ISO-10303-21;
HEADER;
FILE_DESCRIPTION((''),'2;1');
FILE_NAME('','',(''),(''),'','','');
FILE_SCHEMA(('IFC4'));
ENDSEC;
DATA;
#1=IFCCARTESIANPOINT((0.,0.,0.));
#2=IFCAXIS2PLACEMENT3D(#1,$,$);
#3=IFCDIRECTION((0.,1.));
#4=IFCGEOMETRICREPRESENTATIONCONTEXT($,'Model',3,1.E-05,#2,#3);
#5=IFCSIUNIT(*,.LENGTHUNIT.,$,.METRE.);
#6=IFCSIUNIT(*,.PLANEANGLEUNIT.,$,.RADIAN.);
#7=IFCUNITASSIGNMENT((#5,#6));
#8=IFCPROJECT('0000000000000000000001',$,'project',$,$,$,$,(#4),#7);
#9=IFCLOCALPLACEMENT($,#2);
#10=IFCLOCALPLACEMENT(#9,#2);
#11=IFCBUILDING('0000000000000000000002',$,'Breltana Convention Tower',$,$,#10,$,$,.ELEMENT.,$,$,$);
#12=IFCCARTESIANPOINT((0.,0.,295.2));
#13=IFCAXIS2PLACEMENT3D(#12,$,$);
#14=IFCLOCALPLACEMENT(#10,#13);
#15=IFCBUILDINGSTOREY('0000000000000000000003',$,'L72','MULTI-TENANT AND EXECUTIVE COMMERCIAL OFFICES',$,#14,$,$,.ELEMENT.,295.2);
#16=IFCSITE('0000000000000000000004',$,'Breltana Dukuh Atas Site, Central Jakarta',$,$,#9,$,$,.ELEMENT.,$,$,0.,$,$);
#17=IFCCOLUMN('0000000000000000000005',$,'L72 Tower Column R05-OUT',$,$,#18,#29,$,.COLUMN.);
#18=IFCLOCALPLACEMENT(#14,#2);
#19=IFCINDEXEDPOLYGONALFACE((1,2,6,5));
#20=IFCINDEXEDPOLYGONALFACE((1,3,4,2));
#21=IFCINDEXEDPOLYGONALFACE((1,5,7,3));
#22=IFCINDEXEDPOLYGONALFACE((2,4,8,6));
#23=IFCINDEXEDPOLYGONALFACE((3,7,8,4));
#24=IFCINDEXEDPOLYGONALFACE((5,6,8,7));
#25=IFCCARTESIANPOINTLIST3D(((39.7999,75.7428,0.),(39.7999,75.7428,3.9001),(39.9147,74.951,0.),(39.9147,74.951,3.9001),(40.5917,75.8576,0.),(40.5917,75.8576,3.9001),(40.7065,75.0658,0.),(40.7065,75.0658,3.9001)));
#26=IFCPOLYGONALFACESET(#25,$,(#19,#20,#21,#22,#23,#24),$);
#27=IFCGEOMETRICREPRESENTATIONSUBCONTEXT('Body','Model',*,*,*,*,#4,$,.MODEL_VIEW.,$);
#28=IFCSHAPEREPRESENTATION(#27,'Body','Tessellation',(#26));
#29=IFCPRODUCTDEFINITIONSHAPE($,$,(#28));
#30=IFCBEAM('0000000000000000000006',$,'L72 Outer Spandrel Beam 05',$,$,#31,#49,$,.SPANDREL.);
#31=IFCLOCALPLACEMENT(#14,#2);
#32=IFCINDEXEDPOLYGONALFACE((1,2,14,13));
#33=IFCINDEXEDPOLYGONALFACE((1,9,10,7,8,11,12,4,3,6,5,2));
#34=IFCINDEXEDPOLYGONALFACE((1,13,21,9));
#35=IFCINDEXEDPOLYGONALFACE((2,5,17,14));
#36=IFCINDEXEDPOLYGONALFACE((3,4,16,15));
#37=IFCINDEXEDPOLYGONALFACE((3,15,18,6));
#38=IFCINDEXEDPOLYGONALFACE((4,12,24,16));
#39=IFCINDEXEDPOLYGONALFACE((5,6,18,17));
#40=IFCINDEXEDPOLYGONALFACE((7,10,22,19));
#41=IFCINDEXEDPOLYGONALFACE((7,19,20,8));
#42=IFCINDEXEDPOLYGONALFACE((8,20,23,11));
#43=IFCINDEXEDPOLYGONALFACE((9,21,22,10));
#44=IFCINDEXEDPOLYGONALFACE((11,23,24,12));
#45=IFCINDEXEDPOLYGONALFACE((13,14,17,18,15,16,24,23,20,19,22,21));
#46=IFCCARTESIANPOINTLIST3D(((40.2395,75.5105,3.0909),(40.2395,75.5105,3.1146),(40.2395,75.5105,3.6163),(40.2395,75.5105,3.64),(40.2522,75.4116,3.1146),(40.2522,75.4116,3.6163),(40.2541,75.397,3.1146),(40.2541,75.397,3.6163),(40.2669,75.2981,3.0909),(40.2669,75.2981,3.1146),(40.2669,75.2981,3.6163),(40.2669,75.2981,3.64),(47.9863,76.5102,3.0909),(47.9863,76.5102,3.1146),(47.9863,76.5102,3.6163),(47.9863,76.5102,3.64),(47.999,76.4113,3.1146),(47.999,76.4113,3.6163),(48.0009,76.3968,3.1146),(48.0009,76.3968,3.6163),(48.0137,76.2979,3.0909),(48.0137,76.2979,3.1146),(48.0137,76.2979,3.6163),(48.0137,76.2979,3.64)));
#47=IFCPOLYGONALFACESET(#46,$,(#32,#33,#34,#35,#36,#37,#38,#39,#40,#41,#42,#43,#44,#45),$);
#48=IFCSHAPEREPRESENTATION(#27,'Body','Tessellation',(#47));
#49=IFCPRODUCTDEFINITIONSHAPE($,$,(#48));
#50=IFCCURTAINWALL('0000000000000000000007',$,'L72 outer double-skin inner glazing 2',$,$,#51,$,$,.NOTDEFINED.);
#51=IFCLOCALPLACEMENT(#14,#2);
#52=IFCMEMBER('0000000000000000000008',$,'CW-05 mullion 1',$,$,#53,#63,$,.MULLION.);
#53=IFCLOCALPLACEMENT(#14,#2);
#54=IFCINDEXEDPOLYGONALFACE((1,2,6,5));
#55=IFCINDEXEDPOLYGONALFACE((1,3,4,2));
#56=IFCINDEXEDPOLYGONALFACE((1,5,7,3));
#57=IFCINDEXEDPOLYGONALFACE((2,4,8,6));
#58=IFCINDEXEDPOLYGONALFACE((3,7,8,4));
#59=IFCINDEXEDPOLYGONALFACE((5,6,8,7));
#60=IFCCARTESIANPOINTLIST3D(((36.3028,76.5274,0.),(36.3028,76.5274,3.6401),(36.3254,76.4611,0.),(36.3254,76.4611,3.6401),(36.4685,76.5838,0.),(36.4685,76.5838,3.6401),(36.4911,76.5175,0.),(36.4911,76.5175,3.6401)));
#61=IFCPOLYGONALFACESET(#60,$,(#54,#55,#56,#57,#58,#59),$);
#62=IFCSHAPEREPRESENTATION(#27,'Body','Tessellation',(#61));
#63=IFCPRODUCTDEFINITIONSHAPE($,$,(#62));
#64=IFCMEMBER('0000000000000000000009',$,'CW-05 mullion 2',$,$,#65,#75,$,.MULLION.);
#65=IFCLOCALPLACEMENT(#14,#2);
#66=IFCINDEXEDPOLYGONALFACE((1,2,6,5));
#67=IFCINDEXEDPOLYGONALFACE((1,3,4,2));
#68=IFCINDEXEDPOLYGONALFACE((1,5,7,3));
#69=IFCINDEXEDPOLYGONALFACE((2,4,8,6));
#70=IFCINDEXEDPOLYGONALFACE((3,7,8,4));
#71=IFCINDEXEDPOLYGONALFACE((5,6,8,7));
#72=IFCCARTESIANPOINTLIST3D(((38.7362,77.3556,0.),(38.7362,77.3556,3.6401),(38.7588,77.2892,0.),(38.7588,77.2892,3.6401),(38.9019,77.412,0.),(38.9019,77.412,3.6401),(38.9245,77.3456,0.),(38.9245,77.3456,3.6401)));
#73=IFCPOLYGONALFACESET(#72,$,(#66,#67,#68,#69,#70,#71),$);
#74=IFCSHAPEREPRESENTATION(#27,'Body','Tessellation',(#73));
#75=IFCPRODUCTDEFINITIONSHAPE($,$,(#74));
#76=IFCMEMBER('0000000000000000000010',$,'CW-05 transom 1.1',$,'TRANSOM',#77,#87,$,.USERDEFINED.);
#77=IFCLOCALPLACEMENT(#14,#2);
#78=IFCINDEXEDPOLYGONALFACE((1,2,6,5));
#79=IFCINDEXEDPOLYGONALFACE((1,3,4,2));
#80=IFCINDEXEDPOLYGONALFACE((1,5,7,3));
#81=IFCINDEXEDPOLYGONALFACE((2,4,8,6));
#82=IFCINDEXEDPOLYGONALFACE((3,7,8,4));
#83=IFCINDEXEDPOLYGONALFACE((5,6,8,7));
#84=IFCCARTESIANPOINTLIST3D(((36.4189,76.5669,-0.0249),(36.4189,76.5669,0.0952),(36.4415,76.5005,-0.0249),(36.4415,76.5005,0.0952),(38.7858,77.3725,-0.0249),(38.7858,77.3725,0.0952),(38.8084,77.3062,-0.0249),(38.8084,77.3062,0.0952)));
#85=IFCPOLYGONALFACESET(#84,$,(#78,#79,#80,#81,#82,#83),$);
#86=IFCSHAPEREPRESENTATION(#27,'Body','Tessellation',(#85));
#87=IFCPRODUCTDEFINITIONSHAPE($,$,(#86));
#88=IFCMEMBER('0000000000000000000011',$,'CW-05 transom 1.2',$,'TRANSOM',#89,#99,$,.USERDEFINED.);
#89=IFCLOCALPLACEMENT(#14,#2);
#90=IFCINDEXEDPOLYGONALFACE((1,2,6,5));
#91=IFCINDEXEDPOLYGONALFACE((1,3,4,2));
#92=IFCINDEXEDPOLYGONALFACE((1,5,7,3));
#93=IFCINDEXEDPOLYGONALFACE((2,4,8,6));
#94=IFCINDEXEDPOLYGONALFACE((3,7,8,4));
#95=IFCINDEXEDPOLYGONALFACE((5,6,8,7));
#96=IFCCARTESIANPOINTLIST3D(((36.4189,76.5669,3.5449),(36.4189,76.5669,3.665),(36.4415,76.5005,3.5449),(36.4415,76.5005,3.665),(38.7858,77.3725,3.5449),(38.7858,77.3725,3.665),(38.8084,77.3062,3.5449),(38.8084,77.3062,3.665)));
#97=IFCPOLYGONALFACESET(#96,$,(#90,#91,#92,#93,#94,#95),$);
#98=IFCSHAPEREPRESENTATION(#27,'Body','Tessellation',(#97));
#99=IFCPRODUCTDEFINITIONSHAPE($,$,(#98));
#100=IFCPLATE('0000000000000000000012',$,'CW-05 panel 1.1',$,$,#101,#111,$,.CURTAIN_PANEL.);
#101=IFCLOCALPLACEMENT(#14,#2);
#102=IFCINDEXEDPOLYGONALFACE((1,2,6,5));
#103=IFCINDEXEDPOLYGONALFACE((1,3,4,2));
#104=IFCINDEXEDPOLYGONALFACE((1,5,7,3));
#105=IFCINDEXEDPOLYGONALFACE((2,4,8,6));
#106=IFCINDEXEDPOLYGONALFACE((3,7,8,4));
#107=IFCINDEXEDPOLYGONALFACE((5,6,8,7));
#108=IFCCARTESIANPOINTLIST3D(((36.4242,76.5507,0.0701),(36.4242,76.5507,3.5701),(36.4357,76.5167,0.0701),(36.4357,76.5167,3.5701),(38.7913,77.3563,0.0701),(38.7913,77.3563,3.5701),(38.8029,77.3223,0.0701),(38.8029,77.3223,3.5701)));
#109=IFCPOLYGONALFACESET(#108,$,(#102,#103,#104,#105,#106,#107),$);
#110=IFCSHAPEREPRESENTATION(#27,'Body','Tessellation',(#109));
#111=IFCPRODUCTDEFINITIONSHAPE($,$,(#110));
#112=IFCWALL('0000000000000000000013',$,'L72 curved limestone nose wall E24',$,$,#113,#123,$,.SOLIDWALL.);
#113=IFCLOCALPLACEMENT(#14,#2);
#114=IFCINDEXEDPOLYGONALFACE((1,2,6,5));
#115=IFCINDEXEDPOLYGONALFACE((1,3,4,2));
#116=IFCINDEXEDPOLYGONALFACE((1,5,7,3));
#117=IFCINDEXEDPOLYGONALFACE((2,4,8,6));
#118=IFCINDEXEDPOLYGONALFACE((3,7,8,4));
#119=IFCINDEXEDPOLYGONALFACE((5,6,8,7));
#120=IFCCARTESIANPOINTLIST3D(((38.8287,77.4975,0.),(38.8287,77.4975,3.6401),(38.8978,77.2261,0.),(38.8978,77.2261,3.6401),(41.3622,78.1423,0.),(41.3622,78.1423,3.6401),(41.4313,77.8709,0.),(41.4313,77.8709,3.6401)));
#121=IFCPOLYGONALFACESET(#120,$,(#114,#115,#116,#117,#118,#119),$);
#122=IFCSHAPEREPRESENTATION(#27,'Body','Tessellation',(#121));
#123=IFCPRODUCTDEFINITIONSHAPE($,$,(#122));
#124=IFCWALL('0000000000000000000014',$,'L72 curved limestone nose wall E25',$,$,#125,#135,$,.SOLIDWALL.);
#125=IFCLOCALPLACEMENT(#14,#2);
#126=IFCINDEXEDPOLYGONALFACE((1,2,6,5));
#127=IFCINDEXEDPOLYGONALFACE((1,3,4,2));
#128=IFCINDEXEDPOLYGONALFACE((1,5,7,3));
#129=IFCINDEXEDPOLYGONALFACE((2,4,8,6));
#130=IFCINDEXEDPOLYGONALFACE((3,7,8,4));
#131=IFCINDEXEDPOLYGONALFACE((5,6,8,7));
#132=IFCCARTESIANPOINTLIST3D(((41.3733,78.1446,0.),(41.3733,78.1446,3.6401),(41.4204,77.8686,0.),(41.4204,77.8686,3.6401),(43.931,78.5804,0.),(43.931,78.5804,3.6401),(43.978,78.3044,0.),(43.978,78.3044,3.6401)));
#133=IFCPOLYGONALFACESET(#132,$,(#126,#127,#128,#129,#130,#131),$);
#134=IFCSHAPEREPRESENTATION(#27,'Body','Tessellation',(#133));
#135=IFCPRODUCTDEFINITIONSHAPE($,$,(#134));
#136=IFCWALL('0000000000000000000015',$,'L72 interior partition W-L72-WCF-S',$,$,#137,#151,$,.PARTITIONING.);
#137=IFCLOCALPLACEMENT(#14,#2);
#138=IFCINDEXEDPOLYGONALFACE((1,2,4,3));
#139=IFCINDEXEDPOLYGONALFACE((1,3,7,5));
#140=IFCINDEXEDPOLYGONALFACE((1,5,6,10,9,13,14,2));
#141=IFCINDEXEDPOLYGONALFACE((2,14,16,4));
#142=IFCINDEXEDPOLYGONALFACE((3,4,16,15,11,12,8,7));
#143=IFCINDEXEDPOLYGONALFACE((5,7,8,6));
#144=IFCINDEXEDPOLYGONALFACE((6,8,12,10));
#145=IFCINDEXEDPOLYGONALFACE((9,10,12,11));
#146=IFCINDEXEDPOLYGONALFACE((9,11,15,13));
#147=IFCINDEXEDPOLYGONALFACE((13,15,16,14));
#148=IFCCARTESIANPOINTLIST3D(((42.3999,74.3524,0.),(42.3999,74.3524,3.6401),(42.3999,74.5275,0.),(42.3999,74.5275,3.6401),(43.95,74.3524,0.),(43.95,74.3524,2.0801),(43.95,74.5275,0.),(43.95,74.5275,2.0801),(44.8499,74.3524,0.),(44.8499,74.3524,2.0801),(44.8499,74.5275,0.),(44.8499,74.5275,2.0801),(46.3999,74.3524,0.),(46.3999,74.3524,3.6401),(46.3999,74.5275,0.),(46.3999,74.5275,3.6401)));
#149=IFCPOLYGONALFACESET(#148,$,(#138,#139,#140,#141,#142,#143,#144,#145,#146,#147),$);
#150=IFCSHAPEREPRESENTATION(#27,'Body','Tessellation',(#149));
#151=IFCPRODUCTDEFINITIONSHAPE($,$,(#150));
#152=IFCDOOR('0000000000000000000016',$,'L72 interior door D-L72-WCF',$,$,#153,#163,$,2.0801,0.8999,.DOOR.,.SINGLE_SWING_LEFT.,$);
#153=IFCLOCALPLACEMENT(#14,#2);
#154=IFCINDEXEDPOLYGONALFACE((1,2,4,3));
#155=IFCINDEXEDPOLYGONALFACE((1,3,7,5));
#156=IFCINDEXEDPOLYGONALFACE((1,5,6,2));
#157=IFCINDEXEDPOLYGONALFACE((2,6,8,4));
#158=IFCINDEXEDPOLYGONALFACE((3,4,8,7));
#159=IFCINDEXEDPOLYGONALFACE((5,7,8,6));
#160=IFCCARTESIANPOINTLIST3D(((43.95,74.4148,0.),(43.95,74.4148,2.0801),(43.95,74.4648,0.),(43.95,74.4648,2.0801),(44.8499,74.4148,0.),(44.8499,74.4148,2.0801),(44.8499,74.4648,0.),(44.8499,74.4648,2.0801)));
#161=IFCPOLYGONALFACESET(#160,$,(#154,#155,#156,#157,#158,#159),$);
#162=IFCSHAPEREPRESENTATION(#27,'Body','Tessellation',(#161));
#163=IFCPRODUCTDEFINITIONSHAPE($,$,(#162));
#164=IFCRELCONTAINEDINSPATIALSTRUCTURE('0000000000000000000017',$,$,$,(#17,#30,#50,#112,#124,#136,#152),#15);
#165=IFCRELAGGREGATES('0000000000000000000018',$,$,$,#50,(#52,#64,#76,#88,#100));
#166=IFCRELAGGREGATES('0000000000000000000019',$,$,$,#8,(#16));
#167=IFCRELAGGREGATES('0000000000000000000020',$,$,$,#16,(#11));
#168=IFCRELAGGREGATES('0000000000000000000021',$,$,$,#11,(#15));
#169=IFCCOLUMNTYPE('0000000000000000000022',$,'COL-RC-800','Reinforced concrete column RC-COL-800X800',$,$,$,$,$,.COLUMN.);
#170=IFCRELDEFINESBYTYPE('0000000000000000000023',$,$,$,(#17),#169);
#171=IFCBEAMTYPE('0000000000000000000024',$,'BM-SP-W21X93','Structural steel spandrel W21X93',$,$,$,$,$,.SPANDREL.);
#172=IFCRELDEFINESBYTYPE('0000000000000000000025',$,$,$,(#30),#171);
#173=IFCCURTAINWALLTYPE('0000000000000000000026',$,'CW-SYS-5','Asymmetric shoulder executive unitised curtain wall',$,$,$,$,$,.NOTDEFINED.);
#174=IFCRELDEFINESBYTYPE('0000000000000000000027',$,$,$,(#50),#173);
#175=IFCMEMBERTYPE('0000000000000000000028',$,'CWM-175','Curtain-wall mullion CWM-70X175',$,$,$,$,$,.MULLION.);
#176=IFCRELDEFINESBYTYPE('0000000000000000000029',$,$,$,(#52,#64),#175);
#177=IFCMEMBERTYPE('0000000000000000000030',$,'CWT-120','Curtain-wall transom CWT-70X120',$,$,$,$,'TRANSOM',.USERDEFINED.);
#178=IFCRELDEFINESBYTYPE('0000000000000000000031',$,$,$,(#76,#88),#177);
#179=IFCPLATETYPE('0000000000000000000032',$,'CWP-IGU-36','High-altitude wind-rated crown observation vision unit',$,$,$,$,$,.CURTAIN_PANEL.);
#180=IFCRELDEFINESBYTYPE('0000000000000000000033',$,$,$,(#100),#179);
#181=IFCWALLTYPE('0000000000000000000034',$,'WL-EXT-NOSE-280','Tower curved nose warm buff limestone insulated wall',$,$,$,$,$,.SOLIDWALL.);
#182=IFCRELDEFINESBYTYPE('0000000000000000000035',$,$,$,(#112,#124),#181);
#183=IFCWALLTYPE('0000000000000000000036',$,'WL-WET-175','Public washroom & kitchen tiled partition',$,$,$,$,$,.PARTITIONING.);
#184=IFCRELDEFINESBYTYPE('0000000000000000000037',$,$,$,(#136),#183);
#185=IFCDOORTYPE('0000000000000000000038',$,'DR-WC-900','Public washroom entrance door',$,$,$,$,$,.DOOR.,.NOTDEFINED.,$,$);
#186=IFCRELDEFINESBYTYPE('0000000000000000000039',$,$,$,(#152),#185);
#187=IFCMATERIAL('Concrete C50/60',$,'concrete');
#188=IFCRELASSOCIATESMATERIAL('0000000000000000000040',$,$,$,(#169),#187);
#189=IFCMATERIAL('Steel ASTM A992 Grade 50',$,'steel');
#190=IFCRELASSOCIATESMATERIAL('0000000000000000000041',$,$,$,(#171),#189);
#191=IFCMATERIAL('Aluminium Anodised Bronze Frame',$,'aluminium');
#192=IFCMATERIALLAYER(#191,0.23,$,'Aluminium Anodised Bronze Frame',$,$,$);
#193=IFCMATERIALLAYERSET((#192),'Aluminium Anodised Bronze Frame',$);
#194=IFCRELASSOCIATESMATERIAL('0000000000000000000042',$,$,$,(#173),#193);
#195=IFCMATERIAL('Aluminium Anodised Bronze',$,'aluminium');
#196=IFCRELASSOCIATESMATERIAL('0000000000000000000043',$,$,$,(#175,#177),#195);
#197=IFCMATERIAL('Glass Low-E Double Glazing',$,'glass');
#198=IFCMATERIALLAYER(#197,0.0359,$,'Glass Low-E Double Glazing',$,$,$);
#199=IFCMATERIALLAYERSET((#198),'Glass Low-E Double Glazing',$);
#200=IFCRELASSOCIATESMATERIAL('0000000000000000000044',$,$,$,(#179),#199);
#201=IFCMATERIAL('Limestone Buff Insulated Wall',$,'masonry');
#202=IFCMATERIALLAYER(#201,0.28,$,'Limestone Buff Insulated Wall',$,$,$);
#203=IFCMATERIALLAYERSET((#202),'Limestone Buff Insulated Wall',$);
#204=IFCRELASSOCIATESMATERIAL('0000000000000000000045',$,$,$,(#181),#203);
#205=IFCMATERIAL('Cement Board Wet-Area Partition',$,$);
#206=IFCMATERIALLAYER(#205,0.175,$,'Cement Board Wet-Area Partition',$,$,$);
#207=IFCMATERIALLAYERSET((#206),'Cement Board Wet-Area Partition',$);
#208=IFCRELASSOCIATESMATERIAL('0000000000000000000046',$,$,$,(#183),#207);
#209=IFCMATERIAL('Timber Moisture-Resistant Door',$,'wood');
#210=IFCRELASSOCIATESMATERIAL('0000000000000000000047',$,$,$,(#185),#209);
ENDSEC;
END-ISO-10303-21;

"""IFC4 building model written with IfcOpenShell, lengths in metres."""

from ifc_helpers import new_model, si_unit, direction, frame, frame_2d, origin, origin_2d, place, context, subcontext, project, spatial, rectangle, i_section, extrude, source, transform, mapped, material, layer, layer_set, material_profile, profile_set, type_object, type_shapes, element, fill, aggregate, save


model = new_model("IFC4")

# Units and contexts
model_context = context("Model", 3, precision=1e-05, world=origin(), true_north=direction((0.0, 1.0)))
body_context = subcontext(model_context, "Body", "Model", "MODEL_VIEW")
ifc_project = project(units=[si_unit("LENGTHUNIT", "METRE"), si_unit("PLANEANGLEUNIT", "RADIAN")], contexts=[model_context])

# Site, building, storey
site_placement = place(None, origin())
site = spatial("IfcSite", under=ifc_project, at=site_placement, Name="Breltana Dukuh Atas Site, Central Jakarta", CompositionType="ELEMENT", RefElevation=0.0)
building_placement = place(site_placement, origin())
building = spatial("IfcBuilding", under=site, at=building_placement, Name="Breltana Convention Tower", CompositionType="ELEMENT")
storey_placement = place(building_placement, frame((0.0, 0.0, 295.2)))
storey = spatial("IfcBuildingStorey", under=building, at=storey_placement, Name="L72", Description="MULTI-TENANT AND EXECUTIVE COMMERCIAL OFFICES", CompositionType="ELEMENT", Elevation=295.2)

# Column
ifc_material_1 = material(Name="Concrete C50/60", Category="concrete")
ifc_material_profile_1 = material_profile(ifc_material_1, rectangle(XDim=0.8, YDim=0.8, at=origin_2d()), Name="RC-COL-800X800")
ifc_profile_set_1 = profile_set([ifc_material_profile_1], Name="Concrete C50/60")
column_type = type_object("IfcColumnType", Name="COL-RC-800", Description="Reinforced concrete column RC-COL-800X800", PredefinedType="COLUMN", material=ifc_profile_set_1)
shared_shape_1 = source(origin(), body_context, "Body", "SweptSolid", [
    extrude(rectangle(XDim=0.8, YDim=0.8, at=origin_2d()), origin(), (0.0, 0.0, 1.0), 3.9001),
])
column_placement = place(storey_placement, frame((40.2532, 75.4043, 0.0), z_axis=(0.0, 0.0, 1.0), x_axis=(-0.143493, 0.989651, 0.0)))
element("IfcColumn", 1, at=column_placement, inside=storey, type_object=column_type, Name="L72 Tower Column R05-OUT", PredefinedType="COLUMN", context=body_context, shape_type="MappedRepresentation", body=[
    mapped(shared_shape_1, transform((0.0, 0.0, 0.0), scale=1.0)),
])

# Beam
ifc_material_2 = material(Name="Steel ASTM A992 Grade 50", Category="steel")
ifc_material_profile_2 = material_profile(ifc_material_2, i_section(OverallWidth=0.2141, OverallDepth=0.5491, WebThickness=0.0146, FlangeThickness=0.0237, at=origin_2d()), Name="W21X93")
ifc_profile_set_2 = profile_set([ifc_material_profile_2], Name="Steel ASTM A992 Grade 50")
beam_type = type_object("IfcBeamType", Name="BM-SP-W21X93", Description="Structural steel spandrel W21X93", PredefinedType="SPANDREL", material=ifc_profile_set_2)
shared_shape_2 = source(origin(), body_context, "Body", "SweptSolid", [
    extrude(i_section(OverallWidth=0.2141, OverallDepth=0.5491, WebThickness=0.0146, FlangeThickness=0.0237, at=origin_2d()), origin(), (0.0, 0.0, 1.0), 7.811),
])
beam_placement = place(storey_placement, frame((40.2532, 75.4043, 3.3655), z_axis=(0.991775, 0.127992, 0.0), x_axis=(-0.127992, 0.991775, 0.0)))
element("IfcBeam", 2, at=beam_placement, inside=storey, type_object=beam_type, Name="L72 Outer Spandrel Beam 05", PredefinedType="SPANDREL", context=body_context, shape_type="MappedRepresentation", body=[
    mapped(shared_shape_2, transform((0.0, 0.0, 0.0), scale=1.0)),
])

# Curtain wall, members, plate
ifc_material_3 = material(Name="Aluminium Anodised Bronze Frame", Category="aluminium")
ifc_layer_1 = layer(ifc_material_3, 0.23, Name="Aluminium Anodised Bronze Frame")
ifc_layer_set_1 = layer_set([ifc_layer_1], Name="Aluminium Anodised Bronze Frame")
curtain_wall_type = type_object("IfcCurtainWallType", Name="CW-SYS-5", Description="Asymmetric shoulder executive unitised curtain wall", PredefinedType="NOTDEFINED", material=ifc_layer_set_1)
curtain_wall_placement = place(storey_placement, origin())
curtain_wall = element("IfcCurtainWall", 3, at=curtain_wall_placement, inside=storey, type_object=curtain_wall_type, Name="L72 outer double-skin inner glazing 2", PredefinedType="NOTDEFINED")
ifc_material_4 = material(Name="Aluminium Anodised Bronze", Category="aluminium")
ifc_material_profile_3 = material_profile(ifc_material_4, rectangle(XDim=0.0701, YDim=0.175, at=origin_2d()), Name="CWM-70X175")
ifc_profile_set_3 = profile_set([ifc_material_profile_3], Name="Aluminium Anodised Bronze")
member_type_1 = type_object("IfcMemberType", Name="CWM-175", Description="Curtain-wall mullion CWM-70X175", PredefinedType="MULLION", material=ifc_profile_set_3)
shared_shape_3 = source(origin(), body_context, "Body", "SweptSolid", [
    extrude(rectangle(XDim=0.0701, YDim=0.175, at=origin_2d()), origin(), (0.0, 0.0, 1.0), 3.6401),
])
member_1_placement = place(storey_placement, frame((36.397, 76.5225, 0.0), z_axis=(0.0, 0.0, 1.0), x_axis=(-0.322187, 0.946676, 0.0)))
member_1 = element("IfcMember", 4, at=member_1_placement, type_object=member_type_1, Name="CW-05 mullion 1", PredefinedType="MULLION", context=body_context, shape_type="MappedRepresentation", body=[
    mapped(shared_shape_3, transform((0.0, 0.0, 0.0), scale=1.0)),
])
member_2_placement = place(storey_placement, frame((38.8303, 77.3506, 0.0), z_axis=(0.0, 0.0, 1.0), x_axis=(-0.322187, 0.946676, 0.0)))
member_2 = element("IfcMember", 5, at=member_2_placement, type_object=member_type_1, Name="CW-05 mullion 2", PredefinedType="MULLION", context=body_context, shape_type="MappedRepresentation", body=[
    mapped(shared_shape_3, transform((0.0, 0.0, 0.0), scale=1.0)),
])
ifc_material_profile_4 = material_profile(ifc_material_4, rectangle(XDim=0.0701, YDim=0.1201, at=origin_2d()), Name="CWT-70X120")
ifc_profile_set_4 = profile_set([ifc_material_profile_4], Name="Aluminium Anodised Bronze")
member_type_2 = type_object("IfcMemberType", Name="CWT-120", Description="Curtain-wall transom CWT-70X120", ElementType="TRANSOM", PredefinedType="USERDEFINED", material=ifc_profile_set_4)
shared_shape_4 = source(origin(), body_context, "Body", "SweptSolid", [
    extrude(rectangle(XDim=0.0701, YDim=0.1201, at=origin_2d()), origin(), (0.0, 0.0, 1.0), 2.5002),
])
member_3_placement = place(storey_placement, frame((36.4302, 76.5337, 0.0352), z_axis=(0.946663, 0.322227, 0.0), x_axis=(-0.322227, 0.946663, 0.0)))
member_3 = element("IfcMember", 6, at=member_3_placement, type_object=member_type_2, Name="CW-05 transom 1.1", ObjectType="TRANSOM", PredefinedType="USERDEFINED", context=body_context, shape_type="MappedRepresentation", body=[
    mapped(shared_shape_4, transform((0.0, 0.0, 0.0), scale=1.0)),
])
member_4_placement = place(storey_placement, frame((36.4302, 76.5337, 3.605), z_axis=(0.946663, 0.322227, 0.0), x_axis=(-0.322227, 0.946663, 0.0)))
member_4 = element("IfcMember", 7, at=member_4_placement, type_object=member_type_2, Name="CW-05 transom 1.2", ObjectType="TRANSOM", PredefinedType="USERDEFINED", context=body_context, shape_type="MappedRepresentation", body=[
    mapped(shared_shape_4, transform((0.0, 0.0, 0.0), scale=1.0)),
])
ifc_material_5 = material(Name="Glass Low-E Double Glazing", Category="glass")
ifc_layer_2 = layer(ifc_material_5, 0.0359, Name="Glass Low-E Double Glazing")
ifc_layer_set_2 = layer_set([ifc_layer_2], Name="Glass Low-E Double Glazing")
plate_type = type_object("IfcPlateType", Name="CWP-IGU-36", Description="High-altitude wind-rated crown observation vision unit", PredefinedType="CURTAIN_PANEL", material=ifc_layer_set_2)
shared_shape_5 = source(origin(), body_context, "Body", "SweptSolid", [
    extrude(rectangle(XDim=2.5005, YDim=0.0359, at=origin_2d()), origin(), (0.0, 0.0, 1.0), 3.5),
])
plate_placement = place(storey_placement, frame((37.6135, 76.9365, 0.0701), z_axis=(0.0, 0.0, 1.0), x_axis=(0.946676, 0.322187, 0.0)))
plate = element("IfcPlate", 8, at=plate_placement, type_object=plate_type, Name="CW-05 panel 1.1", PredefinedType="CURTAIN_PANEL", context=body_context, shape_type="MappedRepresentation", body=[
    mapped(shared_shape_5, transform((0.0, 0.0, 0.0), scale=1.0)),
])
aggregate(curtain_wall, [member_1, member_2, member_3, member_4, plate])

# Walls
ifc_material_6 = material(Name="Limestone Buff Insulated Wall", Category="masonry")
ifc_layer_3 = layer(ifc_material_6, 0.28, Name="Limestone Buff Insulated Wall")
ifc_layer_set_3 = layer_set([ifc_layer_3], Name="Limestone Buff Insulated Wall")
wall_type_1 = type_object("IfcWallType", Name="WL-EXT-NOSE-280", Description="Tower curved nose warm buff limestone insulated wall", PredefinedType="SOLIDWALL", material=ifc_layer_set_3)
shared_shape_6 = source(origin(), body_context, "Body", "SweptSolid", [
    extrude(rectangle(XDim=2.6143, YDim=0.28, at=frame_2d((1.3071, 0.0))), origin(), (0.0, 0.0, 1.0), 3.6401),
])
wall_1_placement = place(storey_placement, frame((38.8633, 77.3618, 0.0), z_axis=(0.0, 0.0, 1.0), x_axis=(0.969107, 0.246643, 0.0)))
element("IfcWall", 9, at=wall_1_placement, inside=storey, type_object=wall_type_1, Name="L72 curved limestone nose wall E24", PredefinedType="SOLIDWALL", context=body_context, shape_type="MappedRepresentation", body=[
    mapped(shared_shape_6, transform((0.0, 0.0, 0.0), scale=1.0)),
])
shared_shape_7 = source(origin(), body_context, "Body", "SweptSolid", [
    extrude(rectangle(XDim=2.5945, YDim=0.28, at=frame_2d((1.2974, 0.0))), origin(), (0.0, 0.0, 1.0), 3.6401),
])
wall_2_placement = place(storey_placement, frame((41.3967, 78.0066, 0.0), z_axis=(0.0, 0.0, 1.0), x_axis=(0.985792, 0.167969, 0.0)))
element("IfcWall", 10, at=wall_2_placement, inside=storey, type_object=wall_type_1, Name="L72 curved limestone nose wall E25", PredefinedType="SOLIDWALL", context=body_context, shape_type="MappedRepresentation", body=[
    mapped(shared_shape_7, transform((0.0, 0.0, 0.0), scale=1.0)),
])

# Wall, opening, door
ifc_material_7 = material(Name="Cement Board Wet-Area Partition")
ifc_layer_4 = layer(ifc_material_7, 0.175, Name="Cement Board Wet-Area Partition")
ifc_layer_set_4 = layer_set([ifc_layer_4], Name="Cement Board Wet-Area Partition")
wall_type_2 = type_object("IfcWallType", Name="WL-WET-175", Description="Public washroom & kitchen tiled partition", PredefinedType="PARTITIONING", material=ifc_layer_set_4)
shared_shape_8 = source(origin(), body_context, "Body", "SweptSolid", [
    extrude(rectangle(XDim=4.0, YDim=0.175, at=frame_2d((2.0, 0.0))), origin(), (0.0, 0.0, 1.0), 3.6401),
])
wall_3_placement = place(storey_placement, frame((42.3999, 74.4399, 0.0), z_axis=(0.0, 0.0, 1.0), x_axis=(1.0, 0.0, 0.0)))
wall_3 = element("IfcWall", 11, at=wall_3_placement, inside=storey, type_object=wall_type_2, Name="L72 interior partition W-L72-WCF-S", PredefinedType="PARTITIONING", context=body_context, shape_type="MappedRepresentation", body=[
    mapped(shared_shape_8, transform((0.0, 0.0, 0.0), scale=1.0)),
])
opening_placement = place(wall_3_placement, frame((1.55, 0.0, 0.0)))
opening = element("IfcOpeningElement", 12, at=opening_placement, cuts=wall_3, PredefinedType="OPENING", context=body_context, shape_type="SweptSolid", body=[
    extrude(rectangle(XDim=0.8999, YDim=2.0801, at=frame_2d((0.45, 1.04))), frame((0.0, 0.0977, 0.0), z_axis=(0.0, -1.0, 0.0), x_axis=(1.0, 0.0, 0.0)), (0.0, 0.0, 1.0), 0.1951),
])
ifc_material_8 = material(Name="Timber Moisture-Resistant Door", Category="wood")
door_type = type_object("IfcDoorType", Name="DR-WC-900", Description="Public washroom entrance door", OperationType="NOTDEFINED", PredefinedType="DOOR", material=ifc_material_8)
shared_shape_9 = source(origin(), body_context, "Body", "SweptSolid", [
    extrude(rectangle(XDim=0.8999, YDim=2.0801, at=frame_2d((0.45, 1.04))), frame((0.0, 0.0249, 0.0), z_axis=(0.0, -1.0, 0.0), x_axis=(1.0, 0.0, 0.0)), (0.0, 0.0, 1.0), 0.05),
])
type_shapes(door_type, [shared_shape_9])
door_placement = place(opening_placement, origin())
door = element("IfcDoor", 13, at=door_placement, inside=storey, type_object=door_type, Name="L72 interior door D-L72-WCF", OperationType="SINGLE_SWING_LEFT", OverallHeight=2.0801, OverallWidth=0.8999, PredefinedType="DOOR", context=body_context, shape_type="MappedRepresentation", body=[
    mapped(shared_shape_9, transform((0.0, 0.0, 0.0), scale=1.0)),
])
fill(opening, door)

save(model, "model.ifc")
